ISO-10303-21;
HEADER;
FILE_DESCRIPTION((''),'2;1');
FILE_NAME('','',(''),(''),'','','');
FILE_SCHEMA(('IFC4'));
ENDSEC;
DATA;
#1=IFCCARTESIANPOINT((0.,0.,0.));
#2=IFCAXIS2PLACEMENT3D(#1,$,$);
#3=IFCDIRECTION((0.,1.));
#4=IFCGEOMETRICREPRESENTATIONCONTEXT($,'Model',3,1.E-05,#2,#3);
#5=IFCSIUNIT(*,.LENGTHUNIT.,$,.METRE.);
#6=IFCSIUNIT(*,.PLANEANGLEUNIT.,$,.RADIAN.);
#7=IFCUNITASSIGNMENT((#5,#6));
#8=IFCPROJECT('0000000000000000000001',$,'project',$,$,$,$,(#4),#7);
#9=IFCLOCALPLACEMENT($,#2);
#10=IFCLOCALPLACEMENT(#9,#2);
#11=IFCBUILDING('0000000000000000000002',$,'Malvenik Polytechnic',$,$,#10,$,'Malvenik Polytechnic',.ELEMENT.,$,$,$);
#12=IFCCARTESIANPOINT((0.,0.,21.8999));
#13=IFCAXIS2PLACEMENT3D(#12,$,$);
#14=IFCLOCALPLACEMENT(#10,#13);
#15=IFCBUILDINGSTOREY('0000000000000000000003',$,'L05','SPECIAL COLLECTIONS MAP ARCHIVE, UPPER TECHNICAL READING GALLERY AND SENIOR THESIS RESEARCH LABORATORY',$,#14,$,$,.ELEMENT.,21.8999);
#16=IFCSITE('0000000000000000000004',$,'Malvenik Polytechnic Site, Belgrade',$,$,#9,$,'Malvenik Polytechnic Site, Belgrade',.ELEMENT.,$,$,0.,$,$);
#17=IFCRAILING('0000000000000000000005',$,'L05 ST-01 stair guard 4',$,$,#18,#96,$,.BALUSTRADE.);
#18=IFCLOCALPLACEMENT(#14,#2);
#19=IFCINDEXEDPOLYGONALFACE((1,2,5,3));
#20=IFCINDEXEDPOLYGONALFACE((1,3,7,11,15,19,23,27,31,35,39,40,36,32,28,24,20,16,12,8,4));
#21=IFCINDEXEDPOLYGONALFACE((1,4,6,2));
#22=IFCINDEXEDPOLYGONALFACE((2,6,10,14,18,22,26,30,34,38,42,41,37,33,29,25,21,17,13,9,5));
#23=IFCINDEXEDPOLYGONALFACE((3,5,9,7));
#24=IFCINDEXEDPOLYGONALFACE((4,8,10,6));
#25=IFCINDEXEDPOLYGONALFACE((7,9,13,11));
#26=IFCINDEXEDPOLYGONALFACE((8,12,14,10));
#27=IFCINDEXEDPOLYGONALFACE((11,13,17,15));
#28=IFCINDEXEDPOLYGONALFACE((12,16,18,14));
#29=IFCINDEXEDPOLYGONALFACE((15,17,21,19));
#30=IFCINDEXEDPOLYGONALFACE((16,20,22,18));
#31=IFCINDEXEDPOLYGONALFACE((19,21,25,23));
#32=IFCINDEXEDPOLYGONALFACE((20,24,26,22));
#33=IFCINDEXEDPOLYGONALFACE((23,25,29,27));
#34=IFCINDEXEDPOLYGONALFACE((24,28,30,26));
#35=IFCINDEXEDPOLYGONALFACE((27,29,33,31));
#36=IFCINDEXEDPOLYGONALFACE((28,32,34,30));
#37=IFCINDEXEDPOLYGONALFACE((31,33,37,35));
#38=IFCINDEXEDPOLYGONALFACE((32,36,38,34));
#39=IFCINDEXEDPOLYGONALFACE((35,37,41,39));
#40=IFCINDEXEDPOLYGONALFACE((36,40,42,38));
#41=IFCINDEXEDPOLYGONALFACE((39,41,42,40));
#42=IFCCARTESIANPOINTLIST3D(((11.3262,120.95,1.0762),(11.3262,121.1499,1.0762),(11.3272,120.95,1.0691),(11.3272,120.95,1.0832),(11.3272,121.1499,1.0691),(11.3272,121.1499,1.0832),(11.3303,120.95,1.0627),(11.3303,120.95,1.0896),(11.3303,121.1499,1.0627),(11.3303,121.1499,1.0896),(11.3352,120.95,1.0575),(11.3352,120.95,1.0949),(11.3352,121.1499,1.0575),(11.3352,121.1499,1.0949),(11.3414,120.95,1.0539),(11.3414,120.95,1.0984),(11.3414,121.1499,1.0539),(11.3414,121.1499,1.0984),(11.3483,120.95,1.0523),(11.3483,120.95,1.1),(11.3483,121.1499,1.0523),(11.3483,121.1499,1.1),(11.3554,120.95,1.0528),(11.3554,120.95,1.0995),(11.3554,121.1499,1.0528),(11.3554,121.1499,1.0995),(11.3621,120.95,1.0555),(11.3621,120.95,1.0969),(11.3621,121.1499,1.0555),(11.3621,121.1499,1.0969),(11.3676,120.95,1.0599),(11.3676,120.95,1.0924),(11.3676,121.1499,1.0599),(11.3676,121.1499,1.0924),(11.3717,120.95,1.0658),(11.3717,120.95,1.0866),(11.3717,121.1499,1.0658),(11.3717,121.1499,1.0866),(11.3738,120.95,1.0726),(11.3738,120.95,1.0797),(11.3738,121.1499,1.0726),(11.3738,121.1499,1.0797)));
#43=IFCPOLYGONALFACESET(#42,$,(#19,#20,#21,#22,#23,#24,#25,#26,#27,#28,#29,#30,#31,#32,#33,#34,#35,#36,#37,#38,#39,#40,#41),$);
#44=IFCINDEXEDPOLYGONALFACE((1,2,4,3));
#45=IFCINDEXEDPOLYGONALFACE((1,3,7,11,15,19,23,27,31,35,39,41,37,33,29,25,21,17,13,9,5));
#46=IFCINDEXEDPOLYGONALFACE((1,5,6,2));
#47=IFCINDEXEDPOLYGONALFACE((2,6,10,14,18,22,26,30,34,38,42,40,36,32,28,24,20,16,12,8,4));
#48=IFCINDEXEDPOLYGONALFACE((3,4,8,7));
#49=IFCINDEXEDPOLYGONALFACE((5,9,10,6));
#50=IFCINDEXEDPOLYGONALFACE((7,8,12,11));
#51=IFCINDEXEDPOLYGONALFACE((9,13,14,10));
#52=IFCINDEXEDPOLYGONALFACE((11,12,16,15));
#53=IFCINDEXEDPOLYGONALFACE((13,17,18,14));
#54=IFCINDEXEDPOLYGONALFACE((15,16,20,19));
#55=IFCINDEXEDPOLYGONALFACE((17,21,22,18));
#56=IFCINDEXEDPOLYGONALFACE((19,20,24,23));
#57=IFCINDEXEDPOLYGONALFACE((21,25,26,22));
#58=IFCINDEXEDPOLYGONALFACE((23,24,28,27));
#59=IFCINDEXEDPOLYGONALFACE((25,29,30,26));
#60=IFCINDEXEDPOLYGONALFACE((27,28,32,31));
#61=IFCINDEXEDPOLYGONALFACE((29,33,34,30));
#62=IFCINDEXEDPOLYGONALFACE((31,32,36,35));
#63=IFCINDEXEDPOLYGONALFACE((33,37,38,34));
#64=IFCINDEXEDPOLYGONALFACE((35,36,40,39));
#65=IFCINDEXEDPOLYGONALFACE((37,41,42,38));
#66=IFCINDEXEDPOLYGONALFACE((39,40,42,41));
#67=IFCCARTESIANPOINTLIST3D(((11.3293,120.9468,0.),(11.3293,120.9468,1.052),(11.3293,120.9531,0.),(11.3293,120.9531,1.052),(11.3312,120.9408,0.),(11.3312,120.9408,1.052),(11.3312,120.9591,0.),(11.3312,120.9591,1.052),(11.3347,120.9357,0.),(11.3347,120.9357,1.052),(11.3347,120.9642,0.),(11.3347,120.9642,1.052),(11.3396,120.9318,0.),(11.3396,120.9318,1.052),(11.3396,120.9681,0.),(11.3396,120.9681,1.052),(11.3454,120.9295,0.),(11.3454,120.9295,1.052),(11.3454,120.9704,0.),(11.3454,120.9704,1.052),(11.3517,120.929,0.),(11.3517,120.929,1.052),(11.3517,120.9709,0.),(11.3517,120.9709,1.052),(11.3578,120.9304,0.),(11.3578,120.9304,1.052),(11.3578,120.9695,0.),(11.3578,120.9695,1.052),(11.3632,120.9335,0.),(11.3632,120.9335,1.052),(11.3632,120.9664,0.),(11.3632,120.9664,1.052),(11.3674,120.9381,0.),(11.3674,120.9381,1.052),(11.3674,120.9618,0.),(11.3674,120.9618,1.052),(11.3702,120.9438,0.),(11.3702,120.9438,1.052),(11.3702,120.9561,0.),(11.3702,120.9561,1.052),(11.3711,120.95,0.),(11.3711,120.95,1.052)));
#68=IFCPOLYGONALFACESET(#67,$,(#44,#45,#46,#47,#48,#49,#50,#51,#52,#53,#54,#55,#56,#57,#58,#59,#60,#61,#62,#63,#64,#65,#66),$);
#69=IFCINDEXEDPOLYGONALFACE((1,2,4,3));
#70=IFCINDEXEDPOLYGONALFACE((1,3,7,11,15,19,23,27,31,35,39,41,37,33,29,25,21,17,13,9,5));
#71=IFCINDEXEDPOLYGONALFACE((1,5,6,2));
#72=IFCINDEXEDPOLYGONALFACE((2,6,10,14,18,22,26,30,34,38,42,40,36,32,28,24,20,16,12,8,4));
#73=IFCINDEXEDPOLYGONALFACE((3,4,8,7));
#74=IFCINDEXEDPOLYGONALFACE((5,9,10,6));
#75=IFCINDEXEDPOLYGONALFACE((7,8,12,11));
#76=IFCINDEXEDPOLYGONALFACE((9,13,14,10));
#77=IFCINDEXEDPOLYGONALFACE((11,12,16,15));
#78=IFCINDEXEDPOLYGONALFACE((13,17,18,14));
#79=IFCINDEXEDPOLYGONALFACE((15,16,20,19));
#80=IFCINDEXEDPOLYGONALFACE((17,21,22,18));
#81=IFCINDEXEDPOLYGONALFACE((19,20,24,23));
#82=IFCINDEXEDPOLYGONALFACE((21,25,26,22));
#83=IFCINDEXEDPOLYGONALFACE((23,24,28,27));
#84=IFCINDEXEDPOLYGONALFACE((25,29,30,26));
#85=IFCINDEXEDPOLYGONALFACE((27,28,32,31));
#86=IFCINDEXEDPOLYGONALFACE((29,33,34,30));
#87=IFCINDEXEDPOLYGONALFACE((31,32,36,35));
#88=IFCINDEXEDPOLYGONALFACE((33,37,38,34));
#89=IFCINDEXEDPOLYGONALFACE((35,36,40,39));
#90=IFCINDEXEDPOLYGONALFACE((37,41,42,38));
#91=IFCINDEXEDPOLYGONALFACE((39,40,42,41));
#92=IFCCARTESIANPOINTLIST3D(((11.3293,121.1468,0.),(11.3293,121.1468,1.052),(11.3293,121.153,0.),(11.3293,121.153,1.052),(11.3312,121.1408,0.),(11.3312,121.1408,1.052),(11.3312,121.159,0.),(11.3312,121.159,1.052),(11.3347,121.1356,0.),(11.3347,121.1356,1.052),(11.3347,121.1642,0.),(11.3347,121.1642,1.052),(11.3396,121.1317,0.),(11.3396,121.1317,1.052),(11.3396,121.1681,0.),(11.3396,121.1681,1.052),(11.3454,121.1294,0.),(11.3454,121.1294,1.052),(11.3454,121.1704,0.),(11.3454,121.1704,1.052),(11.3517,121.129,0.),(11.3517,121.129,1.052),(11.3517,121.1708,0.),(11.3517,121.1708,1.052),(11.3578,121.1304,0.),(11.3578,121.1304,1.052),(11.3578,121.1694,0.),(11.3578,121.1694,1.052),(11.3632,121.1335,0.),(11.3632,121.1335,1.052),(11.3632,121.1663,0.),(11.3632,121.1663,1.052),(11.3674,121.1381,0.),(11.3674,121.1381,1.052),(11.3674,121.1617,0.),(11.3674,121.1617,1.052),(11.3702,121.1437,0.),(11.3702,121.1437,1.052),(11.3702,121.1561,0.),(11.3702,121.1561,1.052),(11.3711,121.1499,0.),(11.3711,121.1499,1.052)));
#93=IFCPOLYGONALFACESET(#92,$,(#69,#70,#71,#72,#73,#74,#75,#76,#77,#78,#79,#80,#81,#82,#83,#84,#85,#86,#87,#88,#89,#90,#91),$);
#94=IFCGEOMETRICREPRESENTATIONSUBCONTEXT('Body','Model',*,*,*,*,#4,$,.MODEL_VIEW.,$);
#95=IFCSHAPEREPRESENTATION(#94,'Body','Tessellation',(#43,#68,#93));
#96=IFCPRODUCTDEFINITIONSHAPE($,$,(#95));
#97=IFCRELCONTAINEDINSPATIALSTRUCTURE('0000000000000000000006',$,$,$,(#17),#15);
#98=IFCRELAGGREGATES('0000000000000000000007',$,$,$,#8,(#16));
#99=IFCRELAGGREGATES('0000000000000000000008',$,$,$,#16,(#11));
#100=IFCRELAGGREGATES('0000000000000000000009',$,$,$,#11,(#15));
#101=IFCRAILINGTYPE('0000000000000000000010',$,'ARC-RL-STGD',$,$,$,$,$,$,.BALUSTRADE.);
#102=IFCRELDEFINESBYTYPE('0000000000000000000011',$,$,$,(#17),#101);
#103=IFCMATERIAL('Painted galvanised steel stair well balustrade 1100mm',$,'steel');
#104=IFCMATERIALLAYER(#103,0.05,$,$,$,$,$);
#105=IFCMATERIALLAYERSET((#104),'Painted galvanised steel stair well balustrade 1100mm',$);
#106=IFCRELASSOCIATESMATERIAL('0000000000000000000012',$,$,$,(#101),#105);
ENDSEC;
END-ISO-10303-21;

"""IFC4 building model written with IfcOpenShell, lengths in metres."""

from ifc_helpers import new_model, si_unit, direction, frame, origin, origin_2d, place, context, subcontext, project, spatial, circle, extrude, material, layer, layer_set, type_object, element, save


model = new_model("IFC4")

# Units and contexts
model_context = context("Model", 3, precision=1e-05, world=origin(), true_north=direction((0.0, 1.0)))
body_context = subcontext(model_context, "Body", "Model", "MODEL_VIEW")
ifc_project = project(units=[si_unit("LENGTHUNIT", "METRE"), si_unit("PLANEANGLEUNIT", "RADIAN")], contexts=[model_context])

# Site, building, storey
site_placement = place(None, origin())
site = spatial("IfcSite", under=ifc_project, at=site_placement, Name="Malvenik Polytechnic Site, Belgrade", LongName="Malvenik Polytechnic Site, Belgrade", CompositionType="ELEMENT", RefElevation=0.0)
building_placement = place(site_placement, origin())
building = spatial("IfcBuilding", under=site, at=building_placement, Name="Malvenik Polytechnic", LongName="Malvenik Polytechnic", CompositionType="ELEMENT")
storey_placement = place(building_placement, frame((0.0, 0.0, 21.8999)))
storey = spatial("IfcBuildingStorey", under=building, at=storey_placement, Name="L05", Description="SPECIAL COLLECTIONS MAP ARCHIVE, UPPER TECHNICAL READING GALLERY AND SENIOR THESIS RESEARCH LABORATORY", CompositionType="ELEMENT", Elevation=21.8999)

# Railing
ifc_material_1 = material(Name="Painted galvanised steel stair well balustrade 1100mm", Category="steel")
ifc_layer_1 = layer(ifc_material_1, 0.05)
ifc_layer_set_1 = layer_set([ifc_layer_1], Name="Painted galvanised steel stair well balustrade 1100mm")
railing_type_1 = type_object("IfcRailingType", Name="ARC-RL-STGD", PredefinedType="BALUSTRADE", material=ifc_layer_set_1)
railing_1_placement = place(storey_placement, frame((11.3501, 120.95, 0.0)))
element("IfcRailing", 1, at=railing_1_placement, inside=storey, type_object=railing_type_1, Name="L05 ST-01 stair guard 4", PredefinedType="BALUSTRADE", context=body_context, shape_type="SweptSolid", body=[
    extrude(circle(Radius=0.0239, at=origin_2d()), frame((0.0, 0.0, 1.0762), z_axis=(0.0, 1.0, 0.0), x_axis=(-1.0, 0.0, 0.0)), (0.0, 0.0, 1.0), 0.2),
    extrude(circle(Radius=0.021, at=origin_2d()), origin(), (0.0, 0.0, 1.0), 1.052),
    extrude(circle(Radius=0.021, at=origin_2d()), frame((0.0, 0.2, 0.0)), (0.0, 0.0, 1.0), 1.052),
])

save(model, "model.ifc")
